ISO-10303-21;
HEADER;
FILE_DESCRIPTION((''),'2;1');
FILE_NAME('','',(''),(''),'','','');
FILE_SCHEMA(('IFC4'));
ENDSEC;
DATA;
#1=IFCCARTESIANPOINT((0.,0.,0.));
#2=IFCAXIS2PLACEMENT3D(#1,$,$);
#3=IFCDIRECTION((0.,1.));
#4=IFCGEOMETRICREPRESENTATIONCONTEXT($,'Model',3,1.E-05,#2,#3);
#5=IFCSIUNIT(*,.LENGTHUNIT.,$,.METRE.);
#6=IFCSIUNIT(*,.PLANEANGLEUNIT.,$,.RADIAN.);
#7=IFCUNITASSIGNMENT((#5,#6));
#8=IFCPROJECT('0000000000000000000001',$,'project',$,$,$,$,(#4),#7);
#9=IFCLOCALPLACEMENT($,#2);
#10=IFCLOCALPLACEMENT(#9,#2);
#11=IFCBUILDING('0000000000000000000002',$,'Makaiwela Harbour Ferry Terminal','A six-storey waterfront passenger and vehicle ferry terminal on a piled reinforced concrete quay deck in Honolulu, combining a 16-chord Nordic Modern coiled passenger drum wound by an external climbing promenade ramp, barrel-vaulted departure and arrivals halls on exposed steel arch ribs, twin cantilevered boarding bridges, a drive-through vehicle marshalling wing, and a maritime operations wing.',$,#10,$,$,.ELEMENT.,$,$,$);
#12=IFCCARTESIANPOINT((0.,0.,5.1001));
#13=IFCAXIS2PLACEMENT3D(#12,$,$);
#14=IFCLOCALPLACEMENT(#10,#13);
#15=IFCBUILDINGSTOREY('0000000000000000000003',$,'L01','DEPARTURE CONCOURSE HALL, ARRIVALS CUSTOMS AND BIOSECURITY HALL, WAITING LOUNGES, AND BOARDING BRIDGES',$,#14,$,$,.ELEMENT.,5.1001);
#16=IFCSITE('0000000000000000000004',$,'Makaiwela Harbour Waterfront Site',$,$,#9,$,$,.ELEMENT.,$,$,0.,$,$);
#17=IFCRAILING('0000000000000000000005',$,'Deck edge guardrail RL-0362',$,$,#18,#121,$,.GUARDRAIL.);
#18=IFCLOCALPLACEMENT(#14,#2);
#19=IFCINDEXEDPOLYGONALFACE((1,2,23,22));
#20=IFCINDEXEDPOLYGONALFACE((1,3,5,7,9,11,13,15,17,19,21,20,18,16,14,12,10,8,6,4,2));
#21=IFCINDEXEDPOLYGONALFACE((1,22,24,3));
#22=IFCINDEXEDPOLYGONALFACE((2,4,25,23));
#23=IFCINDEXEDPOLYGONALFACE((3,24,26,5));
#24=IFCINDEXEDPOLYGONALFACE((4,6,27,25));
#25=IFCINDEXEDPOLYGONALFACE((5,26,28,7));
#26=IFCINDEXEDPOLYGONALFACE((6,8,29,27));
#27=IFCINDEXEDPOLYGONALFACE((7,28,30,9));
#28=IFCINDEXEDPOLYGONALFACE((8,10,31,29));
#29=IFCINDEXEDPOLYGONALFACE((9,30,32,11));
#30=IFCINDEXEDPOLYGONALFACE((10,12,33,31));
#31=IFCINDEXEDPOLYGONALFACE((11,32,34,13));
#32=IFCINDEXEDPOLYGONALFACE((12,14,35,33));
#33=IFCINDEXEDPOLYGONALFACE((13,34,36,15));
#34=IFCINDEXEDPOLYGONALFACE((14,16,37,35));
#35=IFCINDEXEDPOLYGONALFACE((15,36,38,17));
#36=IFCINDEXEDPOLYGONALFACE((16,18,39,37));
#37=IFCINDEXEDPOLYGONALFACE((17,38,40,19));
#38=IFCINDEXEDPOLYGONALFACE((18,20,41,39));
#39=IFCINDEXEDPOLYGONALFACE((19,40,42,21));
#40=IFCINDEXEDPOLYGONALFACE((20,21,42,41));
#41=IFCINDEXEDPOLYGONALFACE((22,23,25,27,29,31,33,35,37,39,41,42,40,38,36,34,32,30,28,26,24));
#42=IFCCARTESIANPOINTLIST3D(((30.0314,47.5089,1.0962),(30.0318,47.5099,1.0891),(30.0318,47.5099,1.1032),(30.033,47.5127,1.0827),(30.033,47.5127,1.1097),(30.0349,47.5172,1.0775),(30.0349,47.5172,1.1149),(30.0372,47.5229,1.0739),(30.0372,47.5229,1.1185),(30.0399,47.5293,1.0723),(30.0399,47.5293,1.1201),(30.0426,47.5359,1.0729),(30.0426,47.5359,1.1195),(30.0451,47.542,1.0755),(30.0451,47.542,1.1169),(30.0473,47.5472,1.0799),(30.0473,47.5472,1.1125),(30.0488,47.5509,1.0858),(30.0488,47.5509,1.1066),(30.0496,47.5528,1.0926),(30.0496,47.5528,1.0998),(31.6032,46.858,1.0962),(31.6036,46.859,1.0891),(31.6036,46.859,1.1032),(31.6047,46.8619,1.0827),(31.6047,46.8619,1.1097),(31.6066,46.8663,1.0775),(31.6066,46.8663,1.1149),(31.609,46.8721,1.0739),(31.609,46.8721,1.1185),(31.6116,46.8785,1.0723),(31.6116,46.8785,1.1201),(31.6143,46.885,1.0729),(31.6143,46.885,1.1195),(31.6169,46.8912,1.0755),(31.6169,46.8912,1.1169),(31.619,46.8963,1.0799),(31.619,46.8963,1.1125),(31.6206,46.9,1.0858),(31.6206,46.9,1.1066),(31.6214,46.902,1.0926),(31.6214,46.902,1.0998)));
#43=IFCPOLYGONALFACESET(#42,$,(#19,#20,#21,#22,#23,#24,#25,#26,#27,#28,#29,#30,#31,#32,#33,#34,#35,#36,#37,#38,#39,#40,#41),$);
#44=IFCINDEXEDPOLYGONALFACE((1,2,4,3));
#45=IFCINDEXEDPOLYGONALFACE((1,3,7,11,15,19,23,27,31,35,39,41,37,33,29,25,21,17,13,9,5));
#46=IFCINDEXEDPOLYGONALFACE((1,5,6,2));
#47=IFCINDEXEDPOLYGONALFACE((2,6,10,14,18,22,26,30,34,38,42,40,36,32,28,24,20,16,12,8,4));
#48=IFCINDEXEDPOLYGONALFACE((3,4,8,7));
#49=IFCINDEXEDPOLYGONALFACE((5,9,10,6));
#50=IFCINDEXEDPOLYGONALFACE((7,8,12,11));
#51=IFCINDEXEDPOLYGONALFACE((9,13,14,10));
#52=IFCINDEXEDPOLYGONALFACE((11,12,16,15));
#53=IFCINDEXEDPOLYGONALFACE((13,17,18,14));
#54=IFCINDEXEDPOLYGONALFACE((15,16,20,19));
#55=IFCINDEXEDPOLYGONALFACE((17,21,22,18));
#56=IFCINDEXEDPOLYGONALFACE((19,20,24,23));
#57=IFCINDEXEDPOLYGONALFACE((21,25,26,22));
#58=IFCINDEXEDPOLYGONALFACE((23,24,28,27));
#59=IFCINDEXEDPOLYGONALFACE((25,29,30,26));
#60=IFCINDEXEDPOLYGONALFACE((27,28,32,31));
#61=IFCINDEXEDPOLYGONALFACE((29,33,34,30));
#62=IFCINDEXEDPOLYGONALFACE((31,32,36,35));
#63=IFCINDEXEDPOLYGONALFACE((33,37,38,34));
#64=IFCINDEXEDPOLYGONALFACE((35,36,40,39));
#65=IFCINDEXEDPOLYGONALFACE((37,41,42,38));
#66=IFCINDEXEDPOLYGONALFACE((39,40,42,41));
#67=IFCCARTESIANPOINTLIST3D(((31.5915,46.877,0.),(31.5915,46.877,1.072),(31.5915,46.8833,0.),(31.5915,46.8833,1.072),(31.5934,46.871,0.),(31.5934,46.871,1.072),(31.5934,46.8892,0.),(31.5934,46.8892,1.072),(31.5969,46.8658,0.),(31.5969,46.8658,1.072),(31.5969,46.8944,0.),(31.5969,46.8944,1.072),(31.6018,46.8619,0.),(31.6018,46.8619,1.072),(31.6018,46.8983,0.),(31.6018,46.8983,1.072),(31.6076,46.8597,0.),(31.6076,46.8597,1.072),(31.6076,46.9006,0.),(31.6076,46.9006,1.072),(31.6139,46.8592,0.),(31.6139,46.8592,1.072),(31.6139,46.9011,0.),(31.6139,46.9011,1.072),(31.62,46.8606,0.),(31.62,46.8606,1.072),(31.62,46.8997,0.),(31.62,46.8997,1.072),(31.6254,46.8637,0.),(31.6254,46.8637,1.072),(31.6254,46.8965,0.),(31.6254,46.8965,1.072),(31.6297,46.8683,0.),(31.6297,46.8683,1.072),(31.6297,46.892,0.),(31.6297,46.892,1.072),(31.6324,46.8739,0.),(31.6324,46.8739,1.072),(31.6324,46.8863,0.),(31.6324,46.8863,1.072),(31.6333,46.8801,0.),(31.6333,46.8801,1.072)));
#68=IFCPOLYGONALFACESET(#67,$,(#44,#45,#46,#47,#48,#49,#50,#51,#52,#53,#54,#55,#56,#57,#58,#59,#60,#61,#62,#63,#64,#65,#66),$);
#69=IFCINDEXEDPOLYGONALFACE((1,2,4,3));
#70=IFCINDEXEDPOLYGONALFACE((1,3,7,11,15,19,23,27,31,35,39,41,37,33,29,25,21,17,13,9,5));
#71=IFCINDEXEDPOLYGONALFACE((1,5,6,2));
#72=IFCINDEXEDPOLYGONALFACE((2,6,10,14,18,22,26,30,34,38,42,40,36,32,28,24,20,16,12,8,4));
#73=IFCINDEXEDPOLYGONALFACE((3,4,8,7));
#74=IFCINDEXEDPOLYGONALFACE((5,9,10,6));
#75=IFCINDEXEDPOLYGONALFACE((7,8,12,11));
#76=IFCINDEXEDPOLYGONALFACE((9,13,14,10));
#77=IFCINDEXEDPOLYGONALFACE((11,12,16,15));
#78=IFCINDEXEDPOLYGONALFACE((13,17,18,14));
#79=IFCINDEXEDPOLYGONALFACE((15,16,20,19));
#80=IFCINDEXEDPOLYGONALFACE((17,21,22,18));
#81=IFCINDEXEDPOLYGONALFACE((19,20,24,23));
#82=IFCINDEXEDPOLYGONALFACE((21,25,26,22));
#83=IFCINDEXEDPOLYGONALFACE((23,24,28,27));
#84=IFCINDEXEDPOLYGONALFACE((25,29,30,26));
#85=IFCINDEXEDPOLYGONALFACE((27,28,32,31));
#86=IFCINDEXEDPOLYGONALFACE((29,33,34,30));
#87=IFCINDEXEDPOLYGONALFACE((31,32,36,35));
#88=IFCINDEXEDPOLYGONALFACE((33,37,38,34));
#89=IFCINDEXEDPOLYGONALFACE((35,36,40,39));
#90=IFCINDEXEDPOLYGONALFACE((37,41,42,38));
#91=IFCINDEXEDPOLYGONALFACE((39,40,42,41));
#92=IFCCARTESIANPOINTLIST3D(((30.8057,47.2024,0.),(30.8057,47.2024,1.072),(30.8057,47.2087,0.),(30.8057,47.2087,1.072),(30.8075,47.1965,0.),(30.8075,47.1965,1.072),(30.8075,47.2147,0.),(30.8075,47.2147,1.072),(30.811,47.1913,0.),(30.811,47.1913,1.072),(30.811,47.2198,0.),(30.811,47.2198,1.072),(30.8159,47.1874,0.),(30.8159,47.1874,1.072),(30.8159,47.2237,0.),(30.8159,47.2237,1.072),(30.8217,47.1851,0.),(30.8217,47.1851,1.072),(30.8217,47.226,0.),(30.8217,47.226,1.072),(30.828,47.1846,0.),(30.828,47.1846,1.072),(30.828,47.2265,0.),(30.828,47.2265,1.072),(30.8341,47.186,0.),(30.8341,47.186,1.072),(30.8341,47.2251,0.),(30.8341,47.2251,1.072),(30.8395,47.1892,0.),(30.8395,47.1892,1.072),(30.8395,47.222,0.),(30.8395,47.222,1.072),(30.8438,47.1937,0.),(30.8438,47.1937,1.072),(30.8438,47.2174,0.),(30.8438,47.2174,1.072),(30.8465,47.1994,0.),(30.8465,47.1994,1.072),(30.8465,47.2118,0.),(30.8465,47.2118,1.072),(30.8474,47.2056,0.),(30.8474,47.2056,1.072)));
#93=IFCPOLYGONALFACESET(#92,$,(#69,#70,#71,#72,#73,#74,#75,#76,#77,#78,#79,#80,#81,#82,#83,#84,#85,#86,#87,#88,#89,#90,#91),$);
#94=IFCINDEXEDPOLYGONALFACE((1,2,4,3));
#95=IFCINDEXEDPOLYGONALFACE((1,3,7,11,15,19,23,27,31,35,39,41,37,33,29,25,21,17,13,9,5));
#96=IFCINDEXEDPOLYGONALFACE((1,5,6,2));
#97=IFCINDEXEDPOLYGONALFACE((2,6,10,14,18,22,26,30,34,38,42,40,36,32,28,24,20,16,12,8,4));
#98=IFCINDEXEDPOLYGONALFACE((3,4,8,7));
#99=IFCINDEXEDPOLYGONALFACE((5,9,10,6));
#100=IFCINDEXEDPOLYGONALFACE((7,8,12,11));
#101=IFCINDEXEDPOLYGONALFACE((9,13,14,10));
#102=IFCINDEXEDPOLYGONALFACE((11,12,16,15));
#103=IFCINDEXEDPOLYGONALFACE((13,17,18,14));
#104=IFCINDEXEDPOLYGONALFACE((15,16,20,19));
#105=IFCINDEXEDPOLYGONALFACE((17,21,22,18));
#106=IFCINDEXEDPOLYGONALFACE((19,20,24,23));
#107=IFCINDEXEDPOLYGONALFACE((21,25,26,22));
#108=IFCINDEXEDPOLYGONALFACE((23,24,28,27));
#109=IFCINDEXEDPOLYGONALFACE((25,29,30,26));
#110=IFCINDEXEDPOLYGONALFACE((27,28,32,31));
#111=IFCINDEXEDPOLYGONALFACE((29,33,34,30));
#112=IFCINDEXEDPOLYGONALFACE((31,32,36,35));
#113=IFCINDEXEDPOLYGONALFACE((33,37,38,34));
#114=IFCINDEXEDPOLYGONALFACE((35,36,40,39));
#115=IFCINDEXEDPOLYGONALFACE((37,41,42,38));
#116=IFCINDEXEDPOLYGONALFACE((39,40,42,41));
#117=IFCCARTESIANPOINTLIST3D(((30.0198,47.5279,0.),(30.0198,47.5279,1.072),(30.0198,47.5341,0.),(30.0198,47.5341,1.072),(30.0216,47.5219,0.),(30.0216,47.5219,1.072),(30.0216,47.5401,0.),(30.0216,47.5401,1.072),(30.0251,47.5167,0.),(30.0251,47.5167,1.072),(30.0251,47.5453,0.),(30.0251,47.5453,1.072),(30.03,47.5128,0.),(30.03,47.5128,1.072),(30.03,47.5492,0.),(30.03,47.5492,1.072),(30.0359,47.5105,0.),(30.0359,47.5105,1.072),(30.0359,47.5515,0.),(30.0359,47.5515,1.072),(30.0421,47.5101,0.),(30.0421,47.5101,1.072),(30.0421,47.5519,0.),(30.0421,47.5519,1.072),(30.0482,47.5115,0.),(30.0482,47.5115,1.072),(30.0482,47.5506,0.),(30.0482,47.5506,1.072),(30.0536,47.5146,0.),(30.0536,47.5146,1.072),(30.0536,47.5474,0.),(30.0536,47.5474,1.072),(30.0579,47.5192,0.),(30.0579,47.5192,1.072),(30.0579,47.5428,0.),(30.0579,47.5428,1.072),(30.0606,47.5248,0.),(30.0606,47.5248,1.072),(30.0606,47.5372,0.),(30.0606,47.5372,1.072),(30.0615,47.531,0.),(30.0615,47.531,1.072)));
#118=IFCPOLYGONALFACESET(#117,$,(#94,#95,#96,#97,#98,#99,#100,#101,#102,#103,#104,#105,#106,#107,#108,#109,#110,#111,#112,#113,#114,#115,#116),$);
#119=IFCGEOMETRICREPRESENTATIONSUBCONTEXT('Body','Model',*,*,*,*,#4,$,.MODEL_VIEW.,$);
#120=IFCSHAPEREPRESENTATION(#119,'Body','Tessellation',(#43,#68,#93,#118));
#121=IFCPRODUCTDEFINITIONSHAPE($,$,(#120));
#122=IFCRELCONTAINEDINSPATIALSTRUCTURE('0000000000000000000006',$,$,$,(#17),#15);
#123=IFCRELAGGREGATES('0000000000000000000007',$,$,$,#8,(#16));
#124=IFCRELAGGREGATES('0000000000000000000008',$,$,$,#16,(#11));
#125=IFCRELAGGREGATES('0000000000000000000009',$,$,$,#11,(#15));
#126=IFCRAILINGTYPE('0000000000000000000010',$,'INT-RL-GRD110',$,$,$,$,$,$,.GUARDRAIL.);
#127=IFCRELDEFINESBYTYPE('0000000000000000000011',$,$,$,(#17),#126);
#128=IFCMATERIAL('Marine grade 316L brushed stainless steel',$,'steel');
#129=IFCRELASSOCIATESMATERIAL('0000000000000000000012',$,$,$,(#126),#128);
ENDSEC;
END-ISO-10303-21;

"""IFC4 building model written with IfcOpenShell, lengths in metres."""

from ifc_helpers import new_model, si_unit, direction, frame, origin, origin_2d, place, context, subcontext, project, spatial, circle, extrude, material, type_object, element, save


model = new_model("IFC4")

# Units and contexts
model_context = context("Model", 3, precision=1e-05, world=origin(), true_north=direction((0.0, 1.0)))
body_context = subcontext(model_context, "Body", "Model", "MODEL_VIEW")
ifc_project = project(units=[si_unit("LENGTHUNIT", "METRE"), si_unit("PLANEANGLEUNIT", "RADIAN")], contexts=[model_context])

# Site, building, storey
site_placement = place(None, origin())
site = spatial("IfcSite", under=ifc_project, at=site_placement, Name="Makaiwela Harbour Waterfront Site", CompositionType="ELEMENT", RefElevation=0.0)
building_placement = place(site_placement, origin())
building = spatial("IfcBuilding", under=site, at=building_placement, Name="Makaiwela Harbour Ferry Terminal", Description="A six-storey waterfront passenger and vehicle ferry terminal on a piled reinforced concrete quay deck in Honolulu, combining a 16-chord Nordic Modern coiled passenger drum wound by an external climbing promenade ramp, barrel-vaulted departure and arrivals halls on exposed steel arch ribs, twin cantilevered boarding bridges, a drive-through vehicle marshalling wing, and a maritime operations wing.", CompositionType="ELEMENT")
storey_placement = place(building_placement, frame((0.0, 0.0, 5.1001)))
storey = spatial("IfcBuildingStorey", under=building, at=storey_placement, Name="L01", Description="DEPARTURE CONCOURSE HALL, ARRIVALS CUSTOMS AND BIOSECURITY HALL, WAITING LOUNGES, AND BOARDING BRIDGES", CompositionType="ELEMENT", Elevation=5.1001)

# Railing
ifc_material_1 = material(Name="Marine grade 316L brushed stainless steel", Category="steel")
railing_type = type_object("IfcRailingType", Name="INT-RL-GRD110", PredefinedType="GUARDRAIL", material=ifc_material_1)
railing_1_placement = place(storey_placement, frame((31.6123, 46.8801, 0.0)))
element("IfcRailing", 1, at=railing_1_placement, inside=storey, type_object=railing_type, Name="Deck edge guardrail RL-0362", PredefinedType="GUARDRAIL", context=body_context, shape_type="SweptSolid", body=[
    extrude(circle(Radius=0.0239, at=origin_2d()), frame((0.0, 0.0, 1.0962), z_axis=(-0.923915, 0.382597, 0.0), x_axis=(-0.382597, -0.923915, 0.0)), (0.0, 0.0, 1.0), 1.7012),
    extrude(circle(Radius=0.021, at=origin_2d()), origin(), (0.0, 0.0, 1.0), 1.072),
    extrude(circle(Radius=0.021, at=origin_2d()), frame((-0.7859, 0.3254, 0.0)), (0.0, 0.0, 1.0), 1.072),
    extrude(circle(Radius=0.021, at=origin_2d()), frame((-1.5718, 0.6509, 0.0)), (0.0, 0.0, 1.0), 1.072),
])

save(model, "model.ifc")
